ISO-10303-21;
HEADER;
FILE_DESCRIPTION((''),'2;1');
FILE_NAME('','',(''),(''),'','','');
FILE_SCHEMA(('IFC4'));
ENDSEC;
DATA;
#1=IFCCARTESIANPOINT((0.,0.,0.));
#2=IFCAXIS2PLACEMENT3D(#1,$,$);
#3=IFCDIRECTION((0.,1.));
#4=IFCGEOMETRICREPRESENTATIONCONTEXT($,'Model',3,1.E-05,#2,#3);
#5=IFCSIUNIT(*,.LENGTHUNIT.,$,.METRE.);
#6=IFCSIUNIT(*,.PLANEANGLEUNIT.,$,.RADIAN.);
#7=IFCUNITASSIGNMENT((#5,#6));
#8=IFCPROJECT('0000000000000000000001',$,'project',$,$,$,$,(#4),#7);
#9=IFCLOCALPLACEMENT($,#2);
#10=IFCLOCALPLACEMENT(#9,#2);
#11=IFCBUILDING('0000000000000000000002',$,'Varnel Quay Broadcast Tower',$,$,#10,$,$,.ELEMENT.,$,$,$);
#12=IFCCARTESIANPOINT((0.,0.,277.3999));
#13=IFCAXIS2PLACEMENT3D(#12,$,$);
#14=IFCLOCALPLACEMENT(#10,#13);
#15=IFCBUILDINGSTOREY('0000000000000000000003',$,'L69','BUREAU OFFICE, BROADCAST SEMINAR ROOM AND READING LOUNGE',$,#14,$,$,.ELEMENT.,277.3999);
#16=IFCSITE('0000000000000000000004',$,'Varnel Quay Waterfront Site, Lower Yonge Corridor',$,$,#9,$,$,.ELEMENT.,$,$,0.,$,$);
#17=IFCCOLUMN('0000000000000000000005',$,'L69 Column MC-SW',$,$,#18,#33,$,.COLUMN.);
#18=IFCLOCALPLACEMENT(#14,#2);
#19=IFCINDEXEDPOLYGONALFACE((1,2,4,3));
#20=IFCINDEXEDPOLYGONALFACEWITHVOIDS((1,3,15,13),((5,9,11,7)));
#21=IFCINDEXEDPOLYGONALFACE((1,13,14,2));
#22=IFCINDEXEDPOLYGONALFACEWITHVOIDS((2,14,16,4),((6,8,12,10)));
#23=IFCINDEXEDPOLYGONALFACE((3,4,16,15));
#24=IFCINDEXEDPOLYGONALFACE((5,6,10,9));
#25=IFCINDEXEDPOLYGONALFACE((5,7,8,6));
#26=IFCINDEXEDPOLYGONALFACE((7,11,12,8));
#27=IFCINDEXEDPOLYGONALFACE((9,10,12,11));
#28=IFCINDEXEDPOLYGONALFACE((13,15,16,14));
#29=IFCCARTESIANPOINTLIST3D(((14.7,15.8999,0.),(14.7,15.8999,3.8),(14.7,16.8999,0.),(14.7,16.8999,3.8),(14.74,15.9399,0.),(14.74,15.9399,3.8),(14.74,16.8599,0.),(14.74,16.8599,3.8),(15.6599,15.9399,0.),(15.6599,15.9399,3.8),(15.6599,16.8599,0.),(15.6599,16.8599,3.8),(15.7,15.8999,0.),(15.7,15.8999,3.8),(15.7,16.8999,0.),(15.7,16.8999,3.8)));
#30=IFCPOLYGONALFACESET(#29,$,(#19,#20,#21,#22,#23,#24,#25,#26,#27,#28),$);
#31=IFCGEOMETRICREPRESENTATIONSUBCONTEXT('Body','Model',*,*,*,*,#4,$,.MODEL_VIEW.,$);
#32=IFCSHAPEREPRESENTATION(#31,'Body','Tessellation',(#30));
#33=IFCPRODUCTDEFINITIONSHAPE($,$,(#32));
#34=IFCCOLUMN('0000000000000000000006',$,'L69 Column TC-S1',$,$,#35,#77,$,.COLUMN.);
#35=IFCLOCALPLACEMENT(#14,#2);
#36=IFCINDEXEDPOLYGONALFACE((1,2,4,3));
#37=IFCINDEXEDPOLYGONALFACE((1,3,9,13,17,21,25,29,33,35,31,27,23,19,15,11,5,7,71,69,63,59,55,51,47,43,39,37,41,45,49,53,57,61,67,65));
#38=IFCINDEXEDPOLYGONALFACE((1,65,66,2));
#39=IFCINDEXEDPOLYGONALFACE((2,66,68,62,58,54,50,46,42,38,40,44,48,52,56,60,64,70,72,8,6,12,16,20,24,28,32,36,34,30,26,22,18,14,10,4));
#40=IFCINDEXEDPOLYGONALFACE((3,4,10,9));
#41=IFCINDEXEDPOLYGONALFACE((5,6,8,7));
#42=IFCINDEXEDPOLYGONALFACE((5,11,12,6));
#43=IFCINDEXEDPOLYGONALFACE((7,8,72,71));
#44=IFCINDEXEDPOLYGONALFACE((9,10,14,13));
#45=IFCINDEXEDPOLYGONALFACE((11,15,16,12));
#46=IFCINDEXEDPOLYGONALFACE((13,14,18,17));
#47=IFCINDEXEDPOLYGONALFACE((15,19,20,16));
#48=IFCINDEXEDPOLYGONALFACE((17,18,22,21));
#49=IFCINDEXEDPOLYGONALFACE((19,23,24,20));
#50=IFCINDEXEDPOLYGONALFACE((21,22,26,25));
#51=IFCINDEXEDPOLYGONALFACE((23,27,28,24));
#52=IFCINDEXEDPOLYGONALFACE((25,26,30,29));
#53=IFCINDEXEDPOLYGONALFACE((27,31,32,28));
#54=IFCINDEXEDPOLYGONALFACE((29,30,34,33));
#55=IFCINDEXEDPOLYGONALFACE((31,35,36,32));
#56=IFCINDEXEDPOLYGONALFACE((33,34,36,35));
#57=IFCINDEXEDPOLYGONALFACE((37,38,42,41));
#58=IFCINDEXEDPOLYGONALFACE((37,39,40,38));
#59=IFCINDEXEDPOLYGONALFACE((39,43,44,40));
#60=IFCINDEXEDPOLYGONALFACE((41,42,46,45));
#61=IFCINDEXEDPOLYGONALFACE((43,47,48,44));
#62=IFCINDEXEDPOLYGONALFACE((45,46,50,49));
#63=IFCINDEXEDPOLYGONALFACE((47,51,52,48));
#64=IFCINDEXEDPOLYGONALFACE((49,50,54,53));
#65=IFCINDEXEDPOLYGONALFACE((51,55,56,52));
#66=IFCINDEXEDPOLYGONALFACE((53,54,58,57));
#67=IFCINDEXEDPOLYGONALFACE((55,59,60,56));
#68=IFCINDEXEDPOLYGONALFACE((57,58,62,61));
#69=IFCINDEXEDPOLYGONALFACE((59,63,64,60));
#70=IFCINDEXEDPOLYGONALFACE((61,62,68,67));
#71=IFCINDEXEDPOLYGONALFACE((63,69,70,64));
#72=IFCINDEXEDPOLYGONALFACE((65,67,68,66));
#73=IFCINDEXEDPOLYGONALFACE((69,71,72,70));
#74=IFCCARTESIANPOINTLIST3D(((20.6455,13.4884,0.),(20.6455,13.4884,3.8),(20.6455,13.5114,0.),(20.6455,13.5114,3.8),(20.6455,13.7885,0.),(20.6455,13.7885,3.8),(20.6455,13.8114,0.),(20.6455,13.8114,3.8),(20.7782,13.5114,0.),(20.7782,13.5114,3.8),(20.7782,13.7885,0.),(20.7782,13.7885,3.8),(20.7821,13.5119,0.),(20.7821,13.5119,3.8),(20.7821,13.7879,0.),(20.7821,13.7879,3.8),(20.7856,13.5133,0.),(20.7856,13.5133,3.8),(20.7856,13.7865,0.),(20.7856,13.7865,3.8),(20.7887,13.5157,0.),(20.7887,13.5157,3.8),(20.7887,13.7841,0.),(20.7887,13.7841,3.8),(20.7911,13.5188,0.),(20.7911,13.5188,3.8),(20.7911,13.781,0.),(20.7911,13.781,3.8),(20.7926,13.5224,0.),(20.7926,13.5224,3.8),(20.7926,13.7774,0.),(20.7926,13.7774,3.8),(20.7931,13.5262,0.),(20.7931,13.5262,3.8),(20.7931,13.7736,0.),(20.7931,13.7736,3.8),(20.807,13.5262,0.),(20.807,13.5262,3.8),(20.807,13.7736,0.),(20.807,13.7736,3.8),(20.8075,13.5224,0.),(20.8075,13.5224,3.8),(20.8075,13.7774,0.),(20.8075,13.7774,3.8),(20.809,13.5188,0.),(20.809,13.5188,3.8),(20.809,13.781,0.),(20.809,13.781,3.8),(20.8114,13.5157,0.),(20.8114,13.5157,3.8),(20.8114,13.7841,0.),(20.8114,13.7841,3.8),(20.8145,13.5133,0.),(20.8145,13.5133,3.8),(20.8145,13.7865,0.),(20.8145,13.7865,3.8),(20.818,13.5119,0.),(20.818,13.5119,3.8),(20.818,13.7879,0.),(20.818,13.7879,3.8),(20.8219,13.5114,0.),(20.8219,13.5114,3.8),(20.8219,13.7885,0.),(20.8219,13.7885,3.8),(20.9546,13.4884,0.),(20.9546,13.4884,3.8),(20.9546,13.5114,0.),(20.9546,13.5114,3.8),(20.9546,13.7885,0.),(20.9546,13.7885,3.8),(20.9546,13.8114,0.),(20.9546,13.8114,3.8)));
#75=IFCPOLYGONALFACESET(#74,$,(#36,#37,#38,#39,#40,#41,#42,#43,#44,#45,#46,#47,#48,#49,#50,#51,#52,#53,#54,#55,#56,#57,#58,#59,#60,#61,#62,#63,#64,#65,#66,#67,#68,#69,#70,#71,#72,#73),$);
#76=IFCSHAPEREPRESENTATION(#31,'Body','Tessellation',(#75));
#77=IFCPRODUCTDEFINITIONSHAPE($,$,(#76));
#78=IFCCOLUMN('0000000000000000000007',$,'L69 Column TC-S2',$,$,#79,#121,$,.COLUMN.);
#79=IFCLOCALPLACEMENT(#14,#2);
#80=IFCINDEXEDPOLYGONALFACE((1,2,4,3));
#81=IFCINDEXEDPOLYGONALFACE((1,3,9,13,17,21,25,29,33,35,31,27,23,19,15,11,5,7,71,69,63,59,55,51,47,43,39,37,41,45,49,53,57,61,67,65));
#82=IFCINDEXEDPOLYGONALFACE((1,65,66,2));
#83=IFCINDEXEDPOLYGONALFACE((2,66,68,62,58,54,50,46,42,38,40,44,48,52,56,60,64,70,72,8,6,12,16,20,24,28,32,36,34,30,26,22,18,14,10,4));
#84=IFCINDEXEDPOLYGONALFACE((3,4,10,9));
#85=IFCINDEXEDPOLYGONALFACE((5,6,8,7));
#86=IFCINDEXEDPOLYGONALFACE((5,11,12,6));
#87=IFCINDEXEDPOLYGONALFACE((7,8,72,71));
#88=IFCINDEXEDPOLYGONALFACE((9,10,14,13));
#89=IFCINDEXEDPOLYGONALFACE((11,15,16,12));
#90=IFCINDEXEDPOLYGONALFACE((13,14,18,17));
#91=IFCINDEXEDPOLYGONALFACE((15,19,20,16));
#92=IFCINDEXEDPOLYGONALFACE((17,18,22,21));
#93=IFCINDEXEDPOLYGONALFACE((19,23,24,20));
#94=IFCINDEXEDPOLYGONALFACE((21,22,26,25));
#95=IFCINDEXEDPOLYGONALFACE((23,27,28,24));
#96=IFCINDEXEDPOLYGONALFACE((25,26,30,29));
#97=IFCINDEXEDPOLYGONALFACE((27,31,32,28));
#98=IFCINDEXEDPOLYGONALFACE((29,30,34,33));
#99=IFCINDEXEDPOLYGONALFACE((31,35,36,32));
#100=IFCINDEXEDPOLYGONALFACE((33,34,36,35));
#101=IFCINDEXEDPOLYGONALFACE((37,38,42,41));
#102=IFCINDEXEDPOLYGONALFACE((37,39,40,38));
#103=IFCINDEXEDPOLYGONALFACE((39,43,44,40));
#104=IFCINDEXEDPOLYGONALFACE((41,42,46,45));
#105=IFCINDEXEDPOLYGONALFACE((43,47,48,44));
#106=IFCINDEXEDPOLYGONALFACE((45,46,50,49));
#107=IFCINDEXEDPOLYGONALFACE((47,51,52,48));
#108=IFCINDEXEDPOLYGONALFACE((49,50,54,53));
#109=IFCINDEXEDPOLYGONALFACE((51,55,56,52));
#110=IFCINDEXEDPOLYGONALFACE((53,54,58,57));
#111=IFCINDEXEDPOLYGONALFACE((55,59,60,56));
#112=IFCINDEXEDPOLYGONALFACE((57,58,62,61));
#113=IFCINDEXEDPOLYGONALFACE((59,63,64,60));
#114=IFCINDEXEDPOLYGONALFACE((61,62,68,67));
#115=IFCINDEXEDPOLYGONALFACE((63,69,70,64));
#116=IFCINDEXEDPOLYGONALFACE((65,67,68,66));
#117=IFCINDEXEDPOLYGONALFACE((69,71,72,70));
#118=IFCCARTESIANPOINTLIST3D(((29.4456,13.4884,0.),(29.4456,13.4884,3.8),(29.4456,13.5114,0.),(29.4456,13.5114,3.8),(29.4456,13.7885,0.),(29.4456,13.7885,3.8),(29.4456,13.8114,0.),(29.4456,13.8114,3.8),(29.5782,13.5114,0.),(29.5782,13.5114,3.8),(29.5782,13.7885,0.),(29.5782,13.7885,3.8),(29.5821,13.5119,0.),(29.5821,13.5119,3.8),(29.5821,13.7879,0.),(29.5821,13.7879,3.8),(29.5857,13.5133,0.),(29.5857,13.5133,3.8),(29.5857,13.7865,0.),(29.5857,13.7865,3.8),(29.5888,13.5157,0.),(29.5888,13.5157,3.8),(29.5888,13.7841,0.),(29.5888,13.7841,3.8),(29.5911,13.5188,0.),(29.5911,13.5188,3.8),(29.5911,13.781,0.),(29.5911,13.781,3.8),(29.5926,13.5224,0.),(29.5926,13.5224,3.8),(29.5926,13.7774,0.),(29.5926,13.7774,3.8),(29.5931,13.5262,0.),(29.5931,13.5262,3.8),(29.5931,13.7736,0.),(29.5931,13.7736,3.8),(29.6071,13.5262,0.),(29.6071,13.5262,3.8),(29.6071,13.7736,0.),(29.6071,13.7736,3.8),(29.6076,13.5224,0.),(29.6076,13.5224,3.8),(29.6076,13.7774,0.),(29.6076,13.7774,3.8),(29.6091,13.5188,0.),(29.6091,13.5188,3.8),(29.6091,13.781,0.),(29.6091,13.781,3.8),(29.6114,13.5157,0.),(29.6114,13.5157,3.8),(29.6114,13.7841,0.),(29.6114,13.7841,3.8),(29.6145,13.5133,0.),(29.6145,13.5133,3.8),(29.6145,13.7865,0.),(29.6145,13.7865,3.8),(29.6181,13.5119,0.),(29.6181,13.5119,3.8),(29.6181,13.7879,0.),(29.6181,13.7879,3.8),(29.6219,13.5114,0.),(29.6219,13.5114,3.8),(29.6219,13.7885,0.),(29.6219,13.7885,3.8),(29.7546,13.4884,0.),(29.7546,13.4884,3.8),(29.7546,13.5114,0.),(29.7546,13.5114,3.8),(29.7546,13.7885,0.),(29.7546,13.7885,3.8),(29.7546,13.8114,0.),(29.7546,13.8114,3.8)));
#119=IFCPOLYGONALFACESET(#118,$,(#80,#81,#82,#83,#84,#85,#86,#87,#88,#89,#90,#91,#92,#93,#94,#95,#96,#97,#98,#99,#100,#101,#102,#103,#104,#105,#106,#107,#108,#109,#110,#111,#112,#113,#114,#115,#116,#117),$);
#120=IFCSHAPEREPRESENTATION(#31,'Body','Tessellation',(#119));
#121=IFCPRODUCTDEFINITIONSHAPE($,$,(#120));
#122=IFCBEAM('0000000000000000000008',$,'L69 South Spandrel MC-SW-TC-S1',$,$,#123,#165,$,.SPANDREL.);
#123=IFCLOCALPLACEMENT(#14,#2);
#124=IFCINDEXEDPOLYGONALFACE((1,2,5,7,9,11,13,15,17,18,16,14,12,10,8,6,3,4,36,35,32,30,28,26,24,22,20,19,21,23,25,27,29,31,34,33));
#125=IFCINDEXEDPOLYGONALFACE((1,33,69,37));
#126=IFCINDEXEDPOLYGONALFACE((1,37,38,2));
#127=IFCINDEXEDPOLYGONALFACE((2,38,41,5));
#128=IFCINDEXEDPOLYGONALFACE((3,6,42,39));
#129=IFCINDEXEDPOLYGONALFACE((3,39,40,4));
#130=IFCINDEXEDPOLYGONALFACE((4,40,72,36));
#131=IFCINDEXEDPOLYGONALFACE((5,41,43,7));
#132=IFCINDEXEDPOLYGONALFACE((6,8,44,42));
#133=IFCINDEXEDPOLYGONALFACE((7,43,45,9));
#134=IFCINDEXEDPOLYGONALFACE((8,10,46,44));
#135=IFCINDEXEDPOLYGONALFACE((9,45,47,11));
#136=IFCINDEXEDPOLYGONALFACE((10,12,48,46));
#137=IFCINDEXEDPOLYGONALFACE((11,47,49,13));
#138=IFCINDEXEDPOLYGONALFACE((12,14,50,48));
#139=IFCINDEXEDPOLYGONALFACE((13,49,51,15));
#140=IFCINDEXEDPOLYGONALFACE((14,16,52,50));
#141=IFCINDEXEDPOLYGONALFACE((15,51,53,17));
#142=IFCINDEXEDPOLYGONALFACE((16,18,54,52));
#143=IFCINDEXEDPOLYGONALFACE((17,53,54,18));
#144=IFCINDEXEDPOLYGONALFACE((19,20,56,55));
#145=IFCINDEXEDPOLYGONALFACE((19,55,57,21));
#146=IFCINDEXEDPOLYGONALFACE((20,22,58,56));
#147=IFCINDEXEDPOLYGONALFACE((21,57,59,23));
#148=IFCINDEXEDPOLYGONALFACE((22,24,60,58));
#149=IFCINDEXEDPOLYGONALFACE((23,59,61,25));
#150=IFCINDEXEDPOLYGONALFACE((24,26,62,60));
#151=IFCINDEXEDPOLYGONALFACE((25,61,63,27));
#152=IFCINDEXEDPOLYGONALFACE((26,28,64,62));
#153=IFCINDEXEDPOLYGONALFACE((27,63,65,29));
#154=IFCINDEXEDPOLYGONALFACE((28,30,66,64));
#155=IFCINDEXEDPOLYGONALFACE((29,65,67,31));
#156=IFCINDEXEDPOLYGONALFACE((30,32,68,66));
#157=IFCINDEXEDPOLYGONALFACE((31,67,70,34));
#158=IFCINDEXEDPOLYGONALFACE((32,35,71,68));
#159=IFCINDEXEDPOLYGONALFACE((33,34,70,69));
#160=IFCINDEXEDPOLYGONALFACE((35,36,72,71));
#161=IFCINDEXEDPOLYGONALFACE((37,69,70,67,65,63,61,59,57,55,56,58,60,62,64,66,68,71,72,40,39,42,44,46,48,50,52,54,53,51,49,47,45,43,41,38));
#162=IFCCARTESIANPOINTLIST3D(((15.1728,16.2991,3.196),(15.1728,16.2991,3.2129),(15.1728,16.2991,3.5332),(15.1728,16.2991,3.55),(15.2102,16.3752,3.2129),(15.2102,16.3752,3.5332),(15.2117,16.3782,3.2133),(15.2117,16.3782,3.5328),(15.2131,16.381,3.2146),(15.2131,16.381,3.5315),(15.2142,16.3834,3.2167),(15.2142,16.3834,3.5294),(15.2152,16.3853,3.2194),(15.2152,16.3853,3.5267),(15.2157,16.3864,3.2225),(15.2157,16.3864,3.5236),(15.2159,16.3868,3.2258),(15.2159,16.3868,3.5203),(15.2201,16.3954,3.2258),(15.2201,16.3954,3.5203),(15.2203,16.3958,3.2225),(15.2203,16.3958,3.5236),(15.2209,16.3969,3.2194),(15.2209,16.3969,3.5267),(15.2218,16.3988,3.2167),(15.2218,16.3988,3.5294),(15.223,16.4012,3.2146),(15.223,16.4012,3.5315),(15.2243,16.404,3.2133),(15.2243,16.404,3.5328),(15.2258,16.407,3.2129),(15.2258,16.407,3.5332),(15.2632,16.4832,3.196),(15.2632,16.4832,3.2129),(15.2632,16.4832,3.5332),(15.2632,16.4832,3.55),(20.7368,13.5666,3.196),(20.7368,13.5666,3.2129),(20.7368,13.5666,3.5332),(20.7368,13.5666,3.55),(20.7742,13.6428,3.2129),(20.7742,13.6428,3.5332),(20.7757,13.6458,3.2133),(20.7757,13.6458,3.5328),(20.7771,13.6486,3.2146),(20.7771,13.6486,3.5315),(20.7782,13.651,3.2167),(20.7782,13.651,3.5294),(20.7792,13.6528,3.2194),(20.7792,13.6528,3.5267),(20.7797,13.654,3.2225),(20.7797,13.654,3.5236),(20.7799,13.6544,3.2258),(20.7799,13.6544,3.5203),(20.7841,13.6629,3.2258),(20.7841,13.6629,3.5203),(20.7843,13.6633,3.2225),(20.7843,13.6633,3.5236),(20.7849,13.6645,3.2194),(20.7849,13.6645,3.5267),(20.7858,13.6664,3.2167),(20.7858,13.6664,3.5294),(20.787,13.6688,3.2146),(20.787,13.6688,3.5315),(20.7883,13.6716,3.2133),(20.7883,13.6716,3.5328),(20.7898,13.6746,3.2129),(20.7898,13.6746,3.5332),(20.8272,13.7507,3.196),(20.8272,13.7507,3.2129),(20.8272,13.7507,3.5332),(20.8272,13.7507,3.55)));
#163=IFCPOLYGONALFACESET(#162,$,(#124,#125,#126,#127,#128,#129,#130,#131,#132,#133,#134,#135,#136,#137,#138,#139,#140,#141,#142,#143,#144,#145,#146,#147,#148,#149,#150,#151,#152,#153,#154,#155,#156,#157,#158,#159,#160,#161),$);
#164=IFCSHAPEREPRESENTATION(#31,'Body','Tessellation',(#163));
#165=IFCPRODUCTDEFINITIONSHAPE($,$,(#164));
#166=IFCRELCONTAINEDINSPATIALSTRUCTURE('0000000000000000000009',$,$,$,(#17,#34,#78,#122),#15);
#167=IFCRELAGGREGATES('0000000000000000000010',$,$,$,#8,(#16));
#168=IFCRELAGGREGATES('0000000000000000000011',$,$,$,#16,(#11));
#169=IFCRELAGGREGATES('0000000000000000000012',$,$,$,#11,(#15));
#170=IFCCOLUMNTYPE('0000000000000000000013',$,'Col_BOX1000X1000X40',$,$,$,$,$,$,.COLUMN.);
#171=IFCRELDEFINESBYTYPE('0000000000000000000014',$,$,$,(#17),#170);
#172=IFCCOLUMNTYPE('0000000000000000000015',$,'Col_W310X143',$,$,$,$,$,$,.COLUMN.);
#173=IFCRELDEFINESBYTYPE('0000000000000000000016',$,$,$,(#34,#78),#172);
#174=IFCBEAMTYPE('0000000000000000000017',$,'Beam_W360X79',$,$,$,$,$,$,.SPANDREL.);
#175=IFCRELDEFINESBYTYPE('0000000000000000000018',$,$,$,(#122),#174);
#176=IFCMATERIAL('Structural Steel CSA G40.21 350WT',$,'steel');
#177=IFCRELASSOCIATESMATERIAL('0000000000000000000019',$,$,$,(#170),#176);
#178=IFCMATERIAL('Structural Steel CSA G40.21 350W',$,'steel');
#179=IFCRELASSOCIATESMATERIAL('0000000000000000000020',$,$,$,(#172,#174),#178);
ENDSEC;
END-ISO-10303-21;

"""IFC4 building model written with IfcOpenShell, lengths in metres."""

from ifc_helpers import new_model, si_unit, direction, frame, origin, origin_2d, place, context, subcontext, project, spatial, hollow_rectangle, i_section, extrude, source, transform, mapped, material, material_profile, profile_set, type_object, type_shapes, element, save


model = new_model("IFC4")

# Units and contexts
model_context = context("Model", 3, precision=1e-05, world=origin(), true_north=direction((0.0, 1.0)))
body_context = subcontext(model_context, "Body", "Model", "MODEL_VIEW")
ifc_project = project(units=[si_unit("LENGTHUNIT", "METRE"), si_unit("PLANEANGLEUNIT", "RADIAN")], contexts=[model_context])

# Site, building, storey
site_placement = place(None, origin())
site = spatial("IfcSite", under=ifc_project, at=site_placement, Name="Varnel Quay Waterfront Site, Lower Yonge Corridor", CompositionType="ELEMENT", RefElevation=0.0)
building_placement = place(site_placement, origin())
building = spatial("IfcBuilding", under=site, at=building_placement, Name="Varnel Quay Broadcast Tower", CompositionType="ELEMENT")
storey_placement = place(building_placement, frame((0.0, 0.0, 277.3999)))
storey = spatial("IfcBuildingStorey", under=building, at=storey_placement, Name="L69", Description="BUREAU OFFICE, BROADCAST SEMINAR ROOM AND READING LOUNGE", CompositionType="ELEMENT", Elevation=277.3999)

# Columns
ifc_material_1 = material(Name="Structural Steel CSA G40.21 350WT", Category="steel")
ifc_material_profile_1 = material_profile(ifc_material_1, hollow_rectangle(XDim=1.0, YDim=1.0, WallThickness=0.04, at=origin_2d()), Name="BOX1000X1000X40")
ifc_profile_set_1 = profile_set([ifc_material_profile_1], Name="Structural Steel CSA G40.21 350WT")
column_type_1 = type_object("IfcColumnType", Name="Col_BOX1000X1000X40", PredefinedType="COLUMN", material=ifc_profile_set_1)
shared_shape_1 = source(origin(), body_context, "Body", "SweptSolid", [
    extrude(hollow_rectangle(XDim=1.0, YDim=1.0, WallThickness=0.04, at=origin_2d()), origin(), (0.0, 0.0, 1.0), 3.8),
])
type_shapes(column_type_1, [shared_shape_1])
column_placement = place(storey_placement, frame((15.2, 16.3999, 0.0), z_axis=(0.0, 0.0, 1.0), x_axis=(1.0, 0.0, 0.0)))
element("IfcColumn", 1, at=column_placement, inside=storey, type_object=column_type_1, Name="L69 Column MC-SW", PredefinedType="COLUMN", context=body_context, shape_type="MappedRepresentation", body=[
    mapped(shared_shape_1, transform((0.0, 0.0, 0.0), x_axis=(1.0, 0.0, 0.0), y_axis=(0.0, 1.0, 0.0), z_axis=(0.0, 0.0, 1.0), scale=1.0)),
])
ifc_material_2 = material(Name="Structural Steel CSA G40.21 350W", Category="steel")
ifc_material_profile_2 = material_profile(ifc_material_2, i_section(OverallWidth=0.3091, OverallDepth=0.323, WebThickness=0.0139, FlangeThickness=0.0229, FilletRadius=0.0149, at=origin_2d()), Name="W310X143")
ifc_profile_set_2 = profile_set([ifc_material_profile_2], Name="Structural Steel CSA G40.21 350W")
column_type_2 = type_object("IfcColumnType", Name="Col_W310X143", PredefinedType="COLUMN", material=ifc_profile_set_2)
shared_shape_2 = source(origin(), body_context, "Body", "SweptSolid", [
    extrude(i_section(OverallWidth=0.3091, OverallDepth=0.323, WebThickness=0.0139, FlangeThickness=0.0229, FilletRadius=0.0149, at=origin_2d()), origin(), (0.0, 0.0, 1.0), 3.8),
])
type_shapes(column_type_2, [shared_shape_2])
for number, where, z_axis, x_axis, name in (
    (2, (20.8, 13.6499, 0.0), (0.0, 0.0, 1.0), (1.0, 0.0, 0.0), "L69 Column TC-S1"),
    (3, (29.6001, 13.6499, 0.0), (0.0, 0.0, 1.0), (1.0, 0.0, 0.0), "L69 Column TC-S2"),
):
    element("IfcColumn", number, at=place(storey_placement, frame(where, z_axis=z_axis, x_axis=x_axis)), inside=storey, type_object=column_type_2, Name=name, PredefinedType="COLUMN", context=body_context, shape_type="MappedRepresentation", body=[
        mapped(shared_shape_2, transform((0.0, 0.0, 0.0), x_axis=(1.0, 0.0, 0.0), y_axis=(0.0, 1.0, 0.0), z_axis=(0.0, 0.0, 1.0), scale=1.0)),
    ])

# Beam
ifc_material_profile_3 = material_profile(ifc_material_2, i_section(OverallWidth=0.2051, OverallDepth=0.354, WebThickness=0.0095, FlangeThickness=0.0168, FilletRadius=0.0129, at=origin_2d()), Name="W360X79")
ifc_profile_set_3 = profile_set([ifc_material_profile_3], Name="Structural Steel CSA G40.21 350W")
beam_type_1 = type_object("IfcBeamType", Name="Beam_W360X79", PredefinedType="SPANDREL", material=ifc_profile_set_3)
shared_shape_3 = source(origin(), body_context, "Body", "SweptSolid", [
    extrude(i_section(OverallWidth=0.2051, OverallDepth=0.354, WebThickness=0.0095, FlangeThickness=0.0168, FilletRadius=0.0129, at=origin_2d()), origin(), (0.0, 0.0, 1.0), 6.1987),
])
beam_1_placement = place(storey_placement, frame((15.218, 16.3911, 3.373), z_axis=(0.897602, -0.440806, 0.0), x_axis=(0.440806, 0.897602, 0.0)))
element("IfcBeam", 4, at=beam_1_placement, inside=storey, type_object=beam_type_1, Name="L69 South Spandrel MC-SW-TC-S1", PredefinedType="SPANDREL", context=body_context, shape_type="MappedRepresentation", body=[
    mapped(shared_shape_3, transform((0.0, 0.0, 0.0), x_axis=(1.0, 0.0, 0.0), y_axis=(0.0, 1.0, 0.0), z_axis=(0.0, 0.0, 1.0), scale=1.0)),
])

save(model, "model.ifc")
